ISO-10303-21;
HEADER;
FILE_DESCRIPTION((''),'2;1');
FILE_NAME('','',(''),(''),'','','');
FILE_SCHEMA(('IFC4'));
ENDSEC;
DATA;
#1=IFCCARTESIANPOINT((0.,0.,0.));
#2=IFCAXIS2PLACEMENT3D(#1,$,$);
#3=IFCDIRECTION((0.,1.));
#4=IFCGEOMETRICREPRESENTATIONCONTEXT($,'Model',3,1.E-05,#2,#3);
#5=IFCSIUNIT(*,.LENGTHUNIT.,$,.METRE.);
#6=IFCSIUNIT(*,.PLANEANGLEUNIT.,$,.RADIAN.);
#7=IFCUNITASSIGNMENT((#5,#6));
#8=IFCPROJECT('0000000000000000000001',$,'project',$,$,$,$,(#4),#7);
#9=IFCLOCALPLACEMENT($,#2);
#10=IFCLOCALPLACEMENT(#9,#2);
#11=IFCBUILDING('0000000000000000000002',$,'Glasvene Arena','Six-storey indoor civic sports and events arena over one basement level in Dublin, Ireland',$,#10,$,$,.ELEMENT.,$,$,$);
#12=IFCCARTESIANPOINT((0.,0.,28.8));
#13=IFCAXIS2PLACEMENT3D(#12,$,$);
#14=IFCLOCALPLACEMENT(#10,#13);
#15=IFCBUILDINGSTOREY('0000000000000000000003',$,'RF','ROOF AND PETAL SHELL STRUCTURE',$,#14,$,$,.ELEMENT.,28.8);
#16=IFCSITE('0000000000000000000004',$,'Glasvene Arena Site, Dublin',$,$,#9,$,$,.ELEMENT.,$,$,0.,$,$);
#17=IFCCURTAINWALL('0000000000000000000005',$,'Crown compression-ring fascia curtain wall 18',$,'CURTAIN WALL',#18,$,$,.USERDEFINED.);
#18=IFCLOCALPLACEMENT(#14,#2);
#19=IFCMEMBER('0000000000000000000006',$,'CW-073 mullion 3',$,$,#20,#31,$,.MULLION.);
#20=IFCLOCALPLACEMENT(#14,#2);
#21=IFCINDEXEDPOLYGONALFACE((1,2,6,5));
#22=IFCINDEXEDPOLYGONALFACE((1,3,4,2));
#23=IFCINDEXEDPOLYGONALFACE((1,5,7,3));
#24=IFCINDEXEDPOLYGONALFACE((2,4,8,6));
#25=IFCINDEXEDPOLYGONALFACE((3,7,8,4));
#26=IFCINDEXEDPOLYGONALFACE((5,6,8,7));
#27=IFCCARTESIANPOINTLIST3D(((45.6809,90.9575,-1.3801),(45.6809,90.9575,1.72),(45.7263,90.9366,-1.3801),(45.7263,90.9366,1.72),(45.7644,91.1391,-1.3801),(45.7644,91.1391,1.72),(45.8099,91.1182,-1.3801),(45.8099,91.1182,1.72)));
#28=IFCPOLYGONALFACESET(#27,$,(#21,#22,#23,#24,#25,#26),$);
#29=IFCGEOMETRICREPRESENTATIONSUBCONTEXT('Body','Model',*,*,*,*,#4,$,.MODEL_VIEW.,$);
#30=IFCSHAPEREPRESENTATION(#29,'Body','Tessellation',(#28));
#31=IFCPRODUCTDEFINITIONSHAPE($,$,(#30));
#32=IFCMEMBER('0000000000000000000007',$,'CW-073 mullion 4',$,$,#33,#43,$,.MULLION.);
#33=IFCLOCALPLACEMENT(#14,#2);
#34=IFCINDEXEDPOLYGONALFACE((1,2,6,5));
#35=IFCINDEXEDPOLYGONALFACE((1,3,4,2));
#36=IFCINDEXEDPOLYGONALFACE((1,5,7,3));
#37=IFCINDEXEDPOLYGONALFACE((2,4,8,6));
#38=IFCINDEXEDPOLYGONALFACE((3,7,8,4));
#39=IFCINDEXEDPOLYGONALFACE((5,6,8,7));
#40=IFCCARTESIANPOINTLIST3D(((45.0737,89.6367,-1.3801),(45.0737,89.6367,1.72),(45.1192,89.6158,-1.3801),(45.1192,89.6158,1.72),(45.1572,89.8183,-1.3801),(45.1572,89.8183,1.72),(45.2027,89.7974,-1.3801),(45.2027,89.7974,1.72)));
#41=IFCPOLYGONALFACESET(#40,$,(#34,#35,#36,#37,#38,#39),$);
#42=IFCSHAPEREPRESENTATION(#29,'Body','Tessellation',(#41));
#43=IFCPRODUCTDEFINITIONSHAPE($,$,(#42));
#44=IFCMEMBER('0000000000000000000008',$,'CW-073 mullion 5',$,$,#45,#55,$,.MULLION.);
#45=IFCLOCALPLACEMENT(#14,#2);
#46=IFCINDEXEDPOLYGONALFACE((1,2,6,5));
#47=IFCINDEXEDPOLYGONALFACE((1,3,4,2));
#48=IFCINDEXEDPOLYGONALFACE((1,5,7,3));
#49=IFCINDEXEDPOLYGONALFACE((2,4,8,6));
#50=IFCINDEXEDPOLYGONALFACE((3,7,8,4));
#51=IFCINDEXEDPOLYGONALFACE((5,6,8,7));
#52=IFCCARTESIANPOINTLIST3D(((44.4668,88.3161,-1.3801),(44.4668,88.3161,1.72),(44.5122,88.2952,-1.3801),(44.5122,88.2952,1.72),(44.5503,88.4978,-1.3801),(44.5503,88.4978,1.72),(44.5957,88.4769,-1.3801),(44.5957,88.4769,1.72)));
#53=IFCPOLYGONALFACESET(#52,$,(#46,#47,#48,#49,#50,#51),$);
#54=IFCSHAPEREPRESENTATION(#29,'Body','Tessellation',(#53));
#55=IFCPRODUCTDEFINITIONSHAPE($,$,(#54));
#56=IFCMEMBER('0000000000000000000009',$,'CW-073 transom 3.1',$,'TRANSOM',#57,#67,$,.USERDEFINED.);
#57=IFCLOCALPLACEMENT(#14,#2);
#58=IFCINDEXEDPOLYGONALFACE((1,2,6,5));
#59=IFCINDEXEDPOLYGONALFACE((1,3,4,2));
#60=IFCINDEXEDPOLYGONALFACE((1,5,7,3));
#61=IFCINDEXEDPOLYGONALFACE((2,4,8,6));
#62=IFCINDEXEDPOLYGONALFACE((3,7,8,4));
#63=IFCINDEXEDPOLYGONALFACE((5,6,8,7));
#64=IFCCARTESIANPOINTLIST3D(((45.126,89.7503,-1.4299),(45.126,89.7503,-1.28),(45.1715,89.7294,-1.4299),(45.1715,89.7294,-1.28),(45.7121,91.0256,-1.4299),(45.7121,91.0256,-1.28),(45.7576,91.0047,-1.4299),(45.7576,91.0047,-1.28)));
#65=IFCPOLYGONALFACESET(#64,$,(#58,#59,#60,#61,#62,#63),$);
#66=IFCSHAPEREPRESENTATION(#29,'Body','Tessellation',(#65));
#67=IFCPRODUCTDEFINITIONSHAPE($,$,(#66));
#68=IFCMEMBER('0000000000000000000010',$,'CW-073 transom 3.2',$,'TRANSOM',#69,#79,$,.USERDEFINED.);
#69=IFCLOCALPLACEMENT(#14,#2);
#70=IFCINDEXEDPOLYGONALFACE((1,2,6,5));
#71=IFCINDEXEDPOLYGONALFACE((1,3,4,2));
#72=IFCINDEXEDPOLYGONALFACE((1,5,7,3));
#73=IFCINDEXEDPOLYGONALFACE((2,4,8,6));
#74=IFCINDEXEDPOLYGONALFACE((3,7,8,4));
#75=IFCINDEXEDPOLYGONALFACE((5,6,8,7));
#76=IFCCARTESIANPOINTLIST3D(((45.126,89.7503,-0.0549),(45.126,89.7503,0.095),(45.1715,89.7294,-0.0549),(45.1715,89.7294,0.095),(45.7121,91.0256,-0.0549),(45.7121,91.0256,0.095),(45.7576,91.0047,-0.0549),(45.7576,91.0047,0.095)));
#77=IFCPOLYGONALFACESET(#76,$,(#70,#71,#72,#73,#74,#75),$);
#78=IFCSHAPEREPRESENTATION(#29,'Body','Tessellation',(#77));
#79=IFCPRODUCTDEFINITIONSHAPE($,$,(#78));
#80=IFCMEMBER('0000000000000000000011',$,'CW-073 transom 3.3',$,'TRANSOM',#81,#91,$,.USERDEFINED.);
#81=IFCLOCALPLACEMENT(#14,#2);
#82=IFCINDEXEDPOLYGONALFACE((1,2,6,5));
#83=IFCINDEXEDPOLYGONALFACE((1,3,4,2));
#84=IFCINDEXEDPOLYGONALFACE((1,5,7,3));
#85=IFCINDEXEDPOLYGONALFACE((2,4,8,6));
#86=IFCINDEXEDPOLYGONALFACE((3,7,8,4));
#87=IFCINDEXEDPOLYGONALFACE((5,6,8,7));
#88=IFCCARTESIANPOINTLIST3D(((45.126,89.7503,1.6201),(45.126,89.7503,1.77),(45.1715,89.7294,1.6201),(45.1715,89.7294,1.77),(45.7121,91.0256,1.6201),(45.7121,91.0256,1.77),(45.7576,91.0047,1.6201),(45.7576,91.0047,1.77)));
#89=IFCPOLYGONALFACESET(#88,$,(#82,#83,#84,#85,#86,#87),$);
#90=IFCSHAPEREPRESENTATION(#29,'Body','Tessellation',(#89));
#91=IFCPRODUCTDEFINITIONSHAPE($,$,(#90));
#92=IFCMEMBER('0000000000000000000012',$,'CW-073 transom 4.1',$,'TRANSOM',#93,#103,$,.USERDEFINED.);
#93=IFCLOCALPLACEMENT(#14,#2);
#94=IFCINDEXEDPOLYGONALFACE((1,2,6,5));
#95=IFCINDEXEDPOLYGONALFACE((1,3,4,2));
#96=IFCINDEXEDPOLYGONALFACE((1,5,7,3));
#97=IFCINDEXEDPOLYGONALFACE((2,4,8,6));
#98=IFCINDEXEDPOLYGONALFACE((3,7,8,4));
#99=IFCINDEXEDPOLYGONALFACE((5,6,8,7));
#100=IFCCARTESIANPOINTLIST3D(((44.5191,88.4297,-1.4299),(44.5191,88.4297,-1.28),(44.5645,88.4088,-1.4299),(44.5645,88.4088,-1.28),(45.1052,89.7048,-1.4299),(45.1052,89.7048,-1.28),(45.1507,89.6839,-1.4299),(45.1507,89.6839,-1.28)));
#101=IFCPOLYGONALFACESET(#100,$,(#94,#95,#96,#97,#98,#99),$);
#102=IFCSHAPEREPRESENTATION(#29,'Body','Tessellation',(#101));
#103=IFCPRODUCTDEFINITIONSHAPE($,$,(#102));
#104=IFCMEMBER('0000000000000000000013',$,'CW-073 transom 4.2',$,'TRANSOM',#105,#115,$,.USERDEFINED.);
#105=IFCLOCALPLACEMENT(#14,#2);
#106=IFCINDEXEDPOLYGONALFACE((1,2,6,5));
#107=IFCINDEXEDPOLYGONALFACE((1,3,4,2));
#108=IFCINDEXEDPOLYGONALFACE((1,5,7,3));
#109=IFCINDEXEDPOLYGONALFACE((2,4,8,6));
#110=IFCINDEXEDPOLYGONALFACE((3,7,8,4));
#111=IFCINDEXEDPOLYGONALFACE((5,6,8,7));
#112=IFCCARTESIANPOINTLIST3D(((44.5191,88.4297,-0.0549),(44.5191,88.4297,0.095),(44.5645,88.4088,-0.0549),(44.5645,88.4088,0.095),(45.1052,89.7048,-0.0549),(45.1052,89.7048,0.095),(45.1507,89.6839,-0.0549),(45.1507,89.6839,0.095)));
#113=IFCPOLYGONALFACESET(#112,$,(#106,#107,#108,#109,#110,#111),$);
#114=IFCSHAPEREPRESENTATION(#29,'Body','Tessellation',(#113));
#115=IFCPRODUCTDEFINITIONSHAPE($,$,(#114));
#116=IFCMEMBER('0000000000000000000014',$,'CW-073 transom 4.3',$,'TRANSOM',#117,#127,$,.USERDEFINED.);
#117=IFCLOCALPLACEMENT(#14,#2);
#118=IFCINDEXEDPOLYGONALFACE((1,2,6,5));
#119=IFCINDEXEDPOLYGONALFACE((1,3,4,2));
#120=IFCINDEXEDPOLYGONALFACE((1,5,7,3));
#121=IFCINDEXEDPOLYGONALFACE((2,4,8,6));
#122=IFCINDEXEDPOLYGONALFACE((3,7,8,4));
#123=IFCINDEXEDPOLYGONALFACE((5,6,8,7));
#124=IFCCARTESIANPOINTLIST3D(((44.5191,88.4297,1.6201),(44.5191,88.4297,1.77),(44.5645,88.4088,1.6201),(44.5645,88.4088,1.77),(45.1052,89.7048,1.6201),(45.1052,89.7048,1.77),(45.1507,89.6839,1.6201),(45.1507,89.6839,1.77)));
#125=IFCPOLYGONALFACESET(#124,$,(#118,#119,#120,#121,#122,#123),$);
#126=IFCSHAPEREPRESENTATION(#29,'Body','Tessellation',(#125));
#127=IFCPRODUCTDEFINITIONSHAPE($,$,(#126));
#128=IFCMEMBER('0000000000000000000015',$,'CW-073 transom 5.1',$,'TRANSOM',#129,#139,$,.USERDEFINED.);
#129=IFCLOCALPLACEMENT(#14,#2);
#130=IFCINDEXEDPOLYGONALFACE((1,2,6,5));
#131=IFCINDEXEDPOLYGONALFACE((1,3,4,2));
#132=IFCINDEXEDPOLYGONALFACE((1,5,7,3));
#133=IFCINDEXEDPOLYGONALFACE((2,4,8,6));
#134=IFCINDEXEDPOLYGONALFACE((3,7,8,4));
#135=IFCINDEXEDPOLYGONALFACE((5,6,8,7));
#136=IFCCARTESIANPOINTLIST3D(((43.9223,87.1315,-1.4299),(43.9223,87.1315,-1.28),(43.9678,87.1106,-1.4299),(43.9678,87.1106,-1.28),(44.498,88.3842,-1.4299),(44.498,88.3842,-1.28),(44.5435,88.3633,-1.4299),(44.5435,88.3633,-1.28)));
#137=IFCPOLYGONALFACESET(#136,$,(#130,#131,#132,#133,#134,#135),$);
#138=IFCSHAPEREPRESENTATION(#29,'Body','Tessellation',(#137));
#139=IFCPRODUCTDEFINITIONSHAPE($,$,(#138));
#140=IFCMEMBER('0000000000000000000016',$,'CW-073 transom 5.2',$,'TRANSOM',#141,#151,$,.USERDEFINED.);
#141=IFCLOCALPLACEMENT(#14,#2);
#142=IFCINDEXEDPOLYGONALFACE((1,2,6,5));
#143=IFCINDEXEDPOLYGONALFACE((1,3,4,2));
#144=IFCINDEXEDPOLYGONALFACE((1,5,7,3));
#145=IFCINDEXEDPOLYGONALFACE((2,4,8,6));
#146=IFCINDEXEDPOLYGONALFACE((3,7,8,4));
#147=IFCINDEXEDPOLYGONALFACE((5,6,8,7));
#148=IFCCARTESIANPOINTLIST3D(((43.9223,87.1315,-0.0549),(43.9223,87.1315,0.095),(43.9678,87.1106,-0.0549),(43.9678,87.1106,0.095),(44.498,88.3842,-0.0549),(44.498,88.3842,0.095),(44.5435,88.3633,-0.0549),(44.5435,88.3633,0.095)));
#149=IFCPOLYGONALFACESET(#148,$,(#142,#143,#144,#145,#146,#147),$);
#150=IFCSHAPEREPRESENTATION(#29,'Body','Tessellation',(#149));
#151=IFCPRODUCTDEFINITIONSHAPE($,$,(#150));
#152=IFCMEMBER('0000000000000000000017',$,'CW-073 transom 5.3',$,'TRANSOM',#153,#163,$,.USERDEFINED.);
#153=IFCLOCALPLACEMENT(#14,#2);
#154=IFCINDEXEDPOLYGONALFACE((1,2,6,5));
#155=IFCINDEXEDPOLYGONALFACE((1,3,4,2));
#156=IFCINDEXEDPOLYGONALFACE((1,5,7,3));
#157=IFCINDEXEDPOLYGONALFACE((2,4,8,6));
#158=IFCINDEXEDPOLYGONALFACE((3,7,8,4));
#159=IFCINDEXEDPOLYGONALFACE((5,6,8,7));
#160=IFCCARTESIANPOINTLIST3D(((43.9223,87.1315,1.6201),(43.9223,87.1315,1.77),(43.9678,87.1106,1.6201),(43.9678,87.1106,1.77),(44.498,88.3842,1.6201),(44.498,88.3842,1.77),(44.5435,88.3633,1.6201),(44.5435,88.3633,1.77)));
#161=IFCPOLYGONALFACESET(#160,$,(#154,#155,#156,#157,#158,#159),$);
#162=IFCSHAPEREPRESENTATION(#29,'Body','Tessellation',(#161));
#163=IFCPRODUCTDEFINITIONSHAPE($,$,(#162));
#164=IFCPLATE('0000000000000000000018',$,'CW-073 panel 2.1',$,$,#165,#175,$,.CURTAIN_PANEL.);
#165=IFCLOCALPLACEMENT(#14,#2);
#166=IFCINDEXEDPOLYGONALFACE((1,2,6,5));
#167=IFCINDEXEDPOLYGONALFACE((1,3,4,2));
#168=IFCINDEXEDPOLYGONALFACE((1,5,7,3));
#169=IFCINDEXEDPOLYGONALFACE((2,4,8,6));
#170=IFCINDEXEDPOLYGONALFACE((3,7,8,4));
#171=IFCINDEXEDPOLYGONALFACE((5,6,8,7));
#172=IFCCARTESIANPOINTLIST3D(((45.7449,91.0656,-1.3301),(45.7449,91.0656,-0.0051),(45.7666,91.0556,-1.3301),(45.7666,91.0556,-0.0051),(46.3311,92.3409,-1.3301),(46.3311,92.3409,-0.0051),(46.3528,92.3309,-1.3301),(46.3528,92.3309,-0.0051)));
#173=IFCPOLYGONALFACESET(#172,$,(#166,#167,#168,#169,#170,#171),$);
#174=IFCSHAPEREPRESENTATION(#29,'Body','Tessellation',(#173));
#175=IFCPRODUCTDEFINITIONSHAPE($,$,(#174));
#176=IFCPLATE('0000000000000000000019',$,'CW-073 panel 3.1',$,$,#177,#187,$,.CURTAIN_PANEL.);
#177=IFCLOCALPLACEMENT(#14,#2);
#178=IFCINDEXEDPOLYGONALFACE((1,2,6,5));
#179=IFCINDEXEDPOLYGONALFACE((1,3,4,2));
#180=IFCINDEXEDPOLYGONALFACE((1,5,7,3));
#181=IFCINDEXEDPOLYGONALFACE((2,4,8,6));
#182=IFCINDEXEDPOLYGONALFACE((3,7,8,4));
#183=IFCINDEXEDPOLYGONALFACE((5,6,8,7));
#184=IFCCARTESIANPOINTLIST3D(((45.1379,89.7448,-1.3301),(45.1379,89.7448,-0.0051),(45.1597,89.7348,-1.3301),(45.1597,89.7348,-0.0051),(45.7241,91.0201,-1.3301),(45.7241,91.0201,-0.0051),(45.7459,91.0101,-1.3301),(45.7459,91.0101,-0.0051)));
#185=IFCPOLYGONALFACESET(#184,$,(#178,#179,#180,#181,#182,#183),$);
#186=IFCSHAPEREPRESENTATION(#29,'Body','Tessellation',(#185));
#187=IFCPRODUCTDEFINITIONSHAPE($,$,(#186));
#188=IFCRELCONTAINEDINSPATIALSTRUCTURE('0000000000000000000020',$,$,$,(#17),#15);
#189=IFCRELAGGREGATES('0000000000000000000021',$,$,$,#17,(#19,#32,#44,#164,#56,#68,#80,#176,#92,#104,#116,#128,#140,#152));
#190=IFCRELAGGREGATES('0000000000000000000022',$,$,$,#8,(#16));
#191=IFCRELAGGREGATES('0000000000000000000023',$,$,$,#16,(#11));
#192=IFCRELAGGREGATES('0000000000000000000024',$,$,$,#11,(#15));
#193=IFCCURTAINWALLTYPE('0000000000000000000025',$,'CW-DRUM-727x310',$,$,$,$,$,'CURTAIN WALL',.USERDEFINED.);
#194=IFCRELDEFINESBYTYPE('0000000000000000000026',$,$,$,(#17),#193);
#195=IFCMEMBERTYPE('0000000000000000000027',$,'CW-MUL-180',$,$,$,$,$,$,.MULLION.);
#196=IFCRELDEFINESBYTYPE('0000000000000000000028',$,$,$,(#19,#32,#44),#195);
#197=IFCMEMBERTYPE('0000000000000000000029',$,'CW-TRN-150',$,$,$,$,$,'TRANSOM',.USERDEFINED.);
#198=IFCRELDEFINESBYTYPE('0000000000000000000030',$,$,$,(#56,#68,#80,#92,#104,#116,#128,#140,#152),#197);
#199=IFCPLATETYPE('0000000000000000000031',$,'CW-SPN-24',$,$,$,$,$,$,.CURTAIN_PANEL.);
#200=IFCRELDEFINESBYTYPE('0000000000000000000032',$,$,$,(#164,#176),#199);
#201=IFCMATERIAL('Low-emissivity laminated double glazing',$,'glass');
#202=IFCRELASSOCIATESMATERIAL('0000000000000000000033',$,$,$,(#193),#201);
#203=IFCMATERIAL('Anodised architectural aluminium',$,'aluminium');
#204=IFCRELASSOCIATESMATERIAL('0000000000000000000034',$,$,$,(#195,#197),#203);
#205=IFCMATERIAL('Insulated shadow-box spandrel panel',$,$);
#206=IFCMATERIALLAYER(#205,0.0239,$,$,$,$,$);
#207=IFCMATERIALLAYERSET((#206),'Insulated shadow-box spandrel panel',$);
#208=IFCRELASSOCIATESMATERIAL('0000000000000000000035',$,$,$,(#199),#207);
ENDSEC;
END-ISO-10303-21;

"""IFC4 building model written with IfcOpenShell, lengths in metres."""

from ifc_helpers import new_model, si_unit, direction, frame, origin, origin_2d, place, context, subcontext, project, spatial, rectangle, extrude, material, layer, layer_set, material_profile, profile_set, type_object, element, aggregate, save


model = new_model("IFC4")

# Units and contexts
model_context = context("Model", 3, precision=1e-05, world=origin(), true_north=direction((0.0, 1.0)))
body_context = subcontext(model_context, "Body", "Model", "MODEL_VIEW")
ifc_project = project(units=[si_unit("LENGTHUNIT", "METRE"), si_unit("PLANEANGLEUNIT", "RADIAN")], contexts=[model_context])

# Site, building, storey
site_placement = place(None, origin())
site = spatial("IfcSite", under=ifc_project, at=site_placement, Name="Glasvene Arena Site, Dublin", CompositionType="ELEMENT", RefElevation=0.0)
building_placement = place(site_placement, origin())
building = spatial("IfcBuilding", under=site, at=building_placement, Name="Glasvene Arena", Description="Six-storey indoor civic sports and events arena over one basement level in Dublin, Ireland", CompositionType="ELEMENT")
storey_placement = place(building_placement, frame((0.0, 0.0, 28.8)))
storey = spatial("IfcBuildingStorey", under=building, at=storey_placement, Name="RF", Description="ROOF AND PETAL SHELL STRUCTURE", CompositionType="ELEMENT", Elevation=28.8)

# Curtain wall, members, plates
ifc_material_1 = material(Name="Low-emissivity laminated double glazing", Category="glass")
curtain_wall_type = type_object("IfcCurtainWallType", Name="CW-DRUM-727x310", ElementType="CURTAIN WALL", PredefinedType="USERDEFINED", material=ifc_material_1)
curtain_wall_placement = place(storey_placement, frame((46.9597, 93.6792, 0.0)))
curtain_wall = element("IfcCurtainWall", 1, at=curtain_wall_placement, inside=storey, type_object=curtain_wall_type, Name="Crown compression-ring fascia curtain wall 18", ObjectType="CURTAIN WALL", PredefinedType="USERDEFINED")
ifc_material_2 = material(Name="Anodised architectural aluminium", Category="aluminium")
ifc_material_profile_1 = material_profile(ifc_material_2, rectangle(XDim=0.05, YDim=0.2, at=origin_2d()), Name="ALU MULLION 50x200")
ifc_profile_set_1 = profile_set([ifc_material_profile_1], Name="Anodised architectural aluminium")
member_type_1 = type_object("IfcMemberType", Name="CW-MUL-180", PredefinedType="MULLION", material=ifc_profile_set_1)
member_1_placement = place(storey_placement, frame((45.7454, 91.0378, -1.3801), z_axis=(0.0, 0.0, 1.0), x_axis=(0.908603, -0.417661, 0.0)))
member_1 = element("IfcMember", 2, at=member_1_placement, type_object=member_type_1, Name="CW-073 mullion 3", PredefinedType="MULLION", context=body_context, shape_type="SweptSolid", body=[
    extrude(rectangle(XDim=0.05, YDim=0.2, at=origin_2d()), origin(), (0.0, 0.0, 1.0), 3.1001),
])
member_2_placement = place(storey_placement, frame((45.1382, 89.717, -1.3801), z_axis=(0.0, 0.0, 1.0), x_axis=(0.908603, -0.417661, 0.0)))
member_2 = element("IfcMember", 3, at=member_2_placement, type_object=member_type_1, Name="CW-073 mullion 4", PredefinedType="MULLION", context=body_context, shape_type="SweptSolid", body=[
    extrude(rectangle(XDim=0.05, YDim=0.2, at=origin_2d()), origin(), (0.0, 0.0, 1.0), 3.1001),
])
member_3_placement = place(storey_placement, frame((44.5312, 88.3965, -1.3801), z_axis=(0.0, 0.0, 1.0), x_axis=(0.908603, -0.417661, 0.0)))
member_3 = element("IfcMember", 4, at=member_3_placement, type_object=member_type_1, Name="CW-073 mullion 5", PredefinedType="MULLION", context=body_context, shape_type="SweptSolid", body=[
    extrude(rectangle(XDim=0.05, YDim=0.2, at=origin_2d()), origin(), (0.0, 0.0, 1.0), 3.1001),
])
ifc_material_profile_2 = material_profile(ifc_material_2, rectangle(XDim=0.05, YDim=0.1499, at=origin_2d()), Name="ALU TRANSOM 50x150")
ifc_profile_set_2 = profile_set([ifc_material_profile_2], Name="Anodised architectural aluminium")
member_type_2 = type_object("IfcMemberType", Name="CW-TRN-150", ElementType="TRANSOM", PredefinedType="USERDEFINED", material=ifc_profile_set_2)
member_4_placement = place(storey_placement, frame((45.7349, 91.0151, -1.355), z_axis=(-0.417613, -0.908625, 0.0), x_axis=(0.908625, -0.417613, 0.0)))
member_4 = element("IfcMember", 5, at=member_4_placement, type_object=member_type_2, Name="CW-073 transom 3.1", ObjectType="TRANSOM", PredefinedType="USERDEFINED", context=body_context, shape_type="SweptSolid", body=[
    extrude(rectangle(XDim=0.05, YDim=0.1499, at=origin_2d()), origin(), (0.0, 0.0, 1.0), 1.4036),
])
member_5_placement = place(storey_placement, frame((45.7349, 91.0151, 0.02), z_axis=(-0.417613, -0.908625, 0.0), x_axis=(0.908625, -0.417613, 0.0)))
member_5 = element("IfcMember", 6, at=member_5_placement, type_object=member_type_2, Name="CW-073 transom 3.2", ObjectType="TRANSOM", PredefinedType="USERDEFINED", context=body_context, shape_type="SweptSolid", body=[
    extrude(rectangle(XDim=0.05, YDim=0.1499, at=origin_2d()), origin(), (0.0, 0.0, 1.0), 1.4036),
])
member_6_placement = place(storey_placement, frame((45.7349, 91.0151, 1.6951), z_axis=(-0.417613, -0.908625, 0.0), x_axis=(0.908625, -0.417613, 0.0)))
member_6 = element("IfcMember", 7, at=member_6_placement, type_object=member_type_2, Name="CW-073 transom 3.3", ObjectType="TRANSOM", PredefinedType="USERDEFINED", context=body_context, shape_type="SweptSolid", body=[
    extrude(rectangle(XDim=0.05, YDim=0.1499, at=origin_2d()), origin(), (0.0, 0.0, 1.0), 1.4036),
])
member_7_placement = place(storey_placement, frame((45.1279, 89.6943, -1.355), z_axis=(-0.417679, -0.908595, 0.0), x_axis=(0.908595, -0.417679, 0.0)))
member_7 = element("IfcMember", 8, at=member_7_placement, type_object=member_type_2, Name="CW-073 transom 4.1", ObjectType="TRANSOM", PredefinedType="USERDEFINED", context=body_context, shape_type="SweptSolid", body=[
    extrude(rectangle(XDim=0.05, YDim=0.1499, at=origin_2d()), origin(), (0.0, 0.0, 1.0), 1.4033),
])
member_8_placement = place(storey_placement, frame((45.1279, 89.6943, 0.02), z_axis=(-0.417679, -0.908595, 0.0), x_axis=(0.908595, -0.417679, 0.0)))
member_8 = element("IfcMember", 9, at=member_8_placement, type_object=member_type_2, Name="CW-073 transom 4.2", ObjectType="TRANSOM", PredefinedType="USERDEFINED", context=body_context, shape_type="SweptSolid", body=[
    extrude(rectangle(XDim=0.05, YDim=0.1499, at=origin_2d()), origin(), (0.0, 0.0, 1.0), 1.4033),
])
member_9_placement = place(storey_placement, frame((45.1279, 89.6943, 1.6951), z_axis=(-0.417679, -0.908595, 0.0), x_axis=(0.908595, -0.417679, 0.0)))
member_9 = element("IfcMember", 10, at=member_9_placement, type_object=member_type_2, Name="CW-073 transom 4.3", ObjectType="TRANSOM", PredefinedType="USERDEFINED", context=body_context, shape_type="SweptSolid", body=[
    extrude(rectangle(XDim=0.05, YDim=0.1499, at=origin_2d()), origin(), (0.0, 0.0, 1.0), 1.4033),
])
member_10_placement = place(storey_placement, frame((44.5208, 88.3738, -1.355), z_axis=(-0.417575, -0.908642, 0.0), x_axis=(0.908642, -0.417575, 0.0)))
member_10 = element("IfcMember", 11, at=member_10_placement, type_object=member_type_2, Name="CW-073 transom 5.1", ObjectType="TRANSOM", PredefinedType="USERDEFINED", context=body_context, shape_type="SweptSolid", body=[
    extrude(rectangle(XDim=0.05, YDim=0.1499, at=origin_2d()), origin(), (0.0, 0.0, 1.0), 1.3787),
])
member_11_placement = place(storey_placement, frame((44.5208, 88.3738, 0.02), z_axis=(-0.417575, -0.908642, 0.0), x_axis=(0.908642, -0.417575, 0.0)))
member_11 = element("IfcMember", 12, at=member_11_placement, type_object=member_type_2, Name="CW-073 transom 5.2", ObjectType="TRANSOM", PredefinedType="USERDEFINED", context=body_context, shape_type="SweptSolid", body=[
    extrude(rectangle(XDim=0.05, YDim=0.1499, at=origin_2d()), origin(), (0.0, 0.0, 1.0), 1.3787),
])
member_12_placement = place(storey_placement, frame((44.5208, 88.3738, 1.6951), z_axis=(-0.417575, -0.908642, 0.0), x_axis=(0.908642, -0.417575, 0.0)))
member_12 = element("IfcMember", 13, at=member_12_placement, type_object=member_type_2, Name="CW-073 transom 5.3", ObjectType="TRANSOM", PredefinedType="USERDEFINED", context=body_context, shape_type="SweptSolid", body=[
    extrude(rectangle(XDim=0.05, YDim=0.1499, at=origin_2d()), origin(), (0.0, 0.0, 1.0), 1.3787),
])
ifc_material_3 = material(Name="Insulated shadow-box spandrel panel")
ifc_layer = layer(ifc_material_3, 0.0239)
ifc_layer_set = layer_set([ifc_layer], Name="Insulated shadow-box spandrel panel")
plate_type = type_object("IfcPlateType", Name="CW-SPN-24", PredefinedType="CURTAIN_PANEL", material=ifc_layer_set)
plate_1_placement = place(storey_placement, frame((46.0488, 91.6982, -1.3301), z_axis=(0.0, 0.0, 1.0), x_axis=(-0.417661, -0.908603, 0.0)))
plate_1 = element("IfcPlate", 14, at=plate_1_placement, type_object=plate_type, Name="CW-073 panel 2.1", PredefinedType="CURTAIN_PANEL", context=body_context, shape_type="SweptSolid", body=[
    extrude(rectangle(XDim=1.4036, YDim=0.0239, at=origin_2d()), origin(), (0.0, 0.0, 1.0), 1.325),
])
plate_2_placement = place(storey_placement, frame((45.4419, 90.3774, -1.3301), z_axis=(0.0, 0.0, 1.0), x_axis=(-0.417661, -0.908603, 0.0)))
plate_2 = element("IfcPlate", 15, at=plate_2_placement, type_object=plate_type, Name="CW-073 panel 3.1", PredefinedType="CURTAIN_PANEL", context=body_context, shape_type="SweptSolid", body=[
    extrude(rectangle(XDim=1.4036, YDim=0.0239, at=origin_2d()), origin(), (0.0, 0.0, 1.0), 1.325),
])
aggregate(curtain_wall, [member_1, member_2, member_3, plate_1, member_4, member_5, member_6, plate_2, member_7, member_8, member_9, member_10, member_11, member_12])

save(model, "model.ifc")
